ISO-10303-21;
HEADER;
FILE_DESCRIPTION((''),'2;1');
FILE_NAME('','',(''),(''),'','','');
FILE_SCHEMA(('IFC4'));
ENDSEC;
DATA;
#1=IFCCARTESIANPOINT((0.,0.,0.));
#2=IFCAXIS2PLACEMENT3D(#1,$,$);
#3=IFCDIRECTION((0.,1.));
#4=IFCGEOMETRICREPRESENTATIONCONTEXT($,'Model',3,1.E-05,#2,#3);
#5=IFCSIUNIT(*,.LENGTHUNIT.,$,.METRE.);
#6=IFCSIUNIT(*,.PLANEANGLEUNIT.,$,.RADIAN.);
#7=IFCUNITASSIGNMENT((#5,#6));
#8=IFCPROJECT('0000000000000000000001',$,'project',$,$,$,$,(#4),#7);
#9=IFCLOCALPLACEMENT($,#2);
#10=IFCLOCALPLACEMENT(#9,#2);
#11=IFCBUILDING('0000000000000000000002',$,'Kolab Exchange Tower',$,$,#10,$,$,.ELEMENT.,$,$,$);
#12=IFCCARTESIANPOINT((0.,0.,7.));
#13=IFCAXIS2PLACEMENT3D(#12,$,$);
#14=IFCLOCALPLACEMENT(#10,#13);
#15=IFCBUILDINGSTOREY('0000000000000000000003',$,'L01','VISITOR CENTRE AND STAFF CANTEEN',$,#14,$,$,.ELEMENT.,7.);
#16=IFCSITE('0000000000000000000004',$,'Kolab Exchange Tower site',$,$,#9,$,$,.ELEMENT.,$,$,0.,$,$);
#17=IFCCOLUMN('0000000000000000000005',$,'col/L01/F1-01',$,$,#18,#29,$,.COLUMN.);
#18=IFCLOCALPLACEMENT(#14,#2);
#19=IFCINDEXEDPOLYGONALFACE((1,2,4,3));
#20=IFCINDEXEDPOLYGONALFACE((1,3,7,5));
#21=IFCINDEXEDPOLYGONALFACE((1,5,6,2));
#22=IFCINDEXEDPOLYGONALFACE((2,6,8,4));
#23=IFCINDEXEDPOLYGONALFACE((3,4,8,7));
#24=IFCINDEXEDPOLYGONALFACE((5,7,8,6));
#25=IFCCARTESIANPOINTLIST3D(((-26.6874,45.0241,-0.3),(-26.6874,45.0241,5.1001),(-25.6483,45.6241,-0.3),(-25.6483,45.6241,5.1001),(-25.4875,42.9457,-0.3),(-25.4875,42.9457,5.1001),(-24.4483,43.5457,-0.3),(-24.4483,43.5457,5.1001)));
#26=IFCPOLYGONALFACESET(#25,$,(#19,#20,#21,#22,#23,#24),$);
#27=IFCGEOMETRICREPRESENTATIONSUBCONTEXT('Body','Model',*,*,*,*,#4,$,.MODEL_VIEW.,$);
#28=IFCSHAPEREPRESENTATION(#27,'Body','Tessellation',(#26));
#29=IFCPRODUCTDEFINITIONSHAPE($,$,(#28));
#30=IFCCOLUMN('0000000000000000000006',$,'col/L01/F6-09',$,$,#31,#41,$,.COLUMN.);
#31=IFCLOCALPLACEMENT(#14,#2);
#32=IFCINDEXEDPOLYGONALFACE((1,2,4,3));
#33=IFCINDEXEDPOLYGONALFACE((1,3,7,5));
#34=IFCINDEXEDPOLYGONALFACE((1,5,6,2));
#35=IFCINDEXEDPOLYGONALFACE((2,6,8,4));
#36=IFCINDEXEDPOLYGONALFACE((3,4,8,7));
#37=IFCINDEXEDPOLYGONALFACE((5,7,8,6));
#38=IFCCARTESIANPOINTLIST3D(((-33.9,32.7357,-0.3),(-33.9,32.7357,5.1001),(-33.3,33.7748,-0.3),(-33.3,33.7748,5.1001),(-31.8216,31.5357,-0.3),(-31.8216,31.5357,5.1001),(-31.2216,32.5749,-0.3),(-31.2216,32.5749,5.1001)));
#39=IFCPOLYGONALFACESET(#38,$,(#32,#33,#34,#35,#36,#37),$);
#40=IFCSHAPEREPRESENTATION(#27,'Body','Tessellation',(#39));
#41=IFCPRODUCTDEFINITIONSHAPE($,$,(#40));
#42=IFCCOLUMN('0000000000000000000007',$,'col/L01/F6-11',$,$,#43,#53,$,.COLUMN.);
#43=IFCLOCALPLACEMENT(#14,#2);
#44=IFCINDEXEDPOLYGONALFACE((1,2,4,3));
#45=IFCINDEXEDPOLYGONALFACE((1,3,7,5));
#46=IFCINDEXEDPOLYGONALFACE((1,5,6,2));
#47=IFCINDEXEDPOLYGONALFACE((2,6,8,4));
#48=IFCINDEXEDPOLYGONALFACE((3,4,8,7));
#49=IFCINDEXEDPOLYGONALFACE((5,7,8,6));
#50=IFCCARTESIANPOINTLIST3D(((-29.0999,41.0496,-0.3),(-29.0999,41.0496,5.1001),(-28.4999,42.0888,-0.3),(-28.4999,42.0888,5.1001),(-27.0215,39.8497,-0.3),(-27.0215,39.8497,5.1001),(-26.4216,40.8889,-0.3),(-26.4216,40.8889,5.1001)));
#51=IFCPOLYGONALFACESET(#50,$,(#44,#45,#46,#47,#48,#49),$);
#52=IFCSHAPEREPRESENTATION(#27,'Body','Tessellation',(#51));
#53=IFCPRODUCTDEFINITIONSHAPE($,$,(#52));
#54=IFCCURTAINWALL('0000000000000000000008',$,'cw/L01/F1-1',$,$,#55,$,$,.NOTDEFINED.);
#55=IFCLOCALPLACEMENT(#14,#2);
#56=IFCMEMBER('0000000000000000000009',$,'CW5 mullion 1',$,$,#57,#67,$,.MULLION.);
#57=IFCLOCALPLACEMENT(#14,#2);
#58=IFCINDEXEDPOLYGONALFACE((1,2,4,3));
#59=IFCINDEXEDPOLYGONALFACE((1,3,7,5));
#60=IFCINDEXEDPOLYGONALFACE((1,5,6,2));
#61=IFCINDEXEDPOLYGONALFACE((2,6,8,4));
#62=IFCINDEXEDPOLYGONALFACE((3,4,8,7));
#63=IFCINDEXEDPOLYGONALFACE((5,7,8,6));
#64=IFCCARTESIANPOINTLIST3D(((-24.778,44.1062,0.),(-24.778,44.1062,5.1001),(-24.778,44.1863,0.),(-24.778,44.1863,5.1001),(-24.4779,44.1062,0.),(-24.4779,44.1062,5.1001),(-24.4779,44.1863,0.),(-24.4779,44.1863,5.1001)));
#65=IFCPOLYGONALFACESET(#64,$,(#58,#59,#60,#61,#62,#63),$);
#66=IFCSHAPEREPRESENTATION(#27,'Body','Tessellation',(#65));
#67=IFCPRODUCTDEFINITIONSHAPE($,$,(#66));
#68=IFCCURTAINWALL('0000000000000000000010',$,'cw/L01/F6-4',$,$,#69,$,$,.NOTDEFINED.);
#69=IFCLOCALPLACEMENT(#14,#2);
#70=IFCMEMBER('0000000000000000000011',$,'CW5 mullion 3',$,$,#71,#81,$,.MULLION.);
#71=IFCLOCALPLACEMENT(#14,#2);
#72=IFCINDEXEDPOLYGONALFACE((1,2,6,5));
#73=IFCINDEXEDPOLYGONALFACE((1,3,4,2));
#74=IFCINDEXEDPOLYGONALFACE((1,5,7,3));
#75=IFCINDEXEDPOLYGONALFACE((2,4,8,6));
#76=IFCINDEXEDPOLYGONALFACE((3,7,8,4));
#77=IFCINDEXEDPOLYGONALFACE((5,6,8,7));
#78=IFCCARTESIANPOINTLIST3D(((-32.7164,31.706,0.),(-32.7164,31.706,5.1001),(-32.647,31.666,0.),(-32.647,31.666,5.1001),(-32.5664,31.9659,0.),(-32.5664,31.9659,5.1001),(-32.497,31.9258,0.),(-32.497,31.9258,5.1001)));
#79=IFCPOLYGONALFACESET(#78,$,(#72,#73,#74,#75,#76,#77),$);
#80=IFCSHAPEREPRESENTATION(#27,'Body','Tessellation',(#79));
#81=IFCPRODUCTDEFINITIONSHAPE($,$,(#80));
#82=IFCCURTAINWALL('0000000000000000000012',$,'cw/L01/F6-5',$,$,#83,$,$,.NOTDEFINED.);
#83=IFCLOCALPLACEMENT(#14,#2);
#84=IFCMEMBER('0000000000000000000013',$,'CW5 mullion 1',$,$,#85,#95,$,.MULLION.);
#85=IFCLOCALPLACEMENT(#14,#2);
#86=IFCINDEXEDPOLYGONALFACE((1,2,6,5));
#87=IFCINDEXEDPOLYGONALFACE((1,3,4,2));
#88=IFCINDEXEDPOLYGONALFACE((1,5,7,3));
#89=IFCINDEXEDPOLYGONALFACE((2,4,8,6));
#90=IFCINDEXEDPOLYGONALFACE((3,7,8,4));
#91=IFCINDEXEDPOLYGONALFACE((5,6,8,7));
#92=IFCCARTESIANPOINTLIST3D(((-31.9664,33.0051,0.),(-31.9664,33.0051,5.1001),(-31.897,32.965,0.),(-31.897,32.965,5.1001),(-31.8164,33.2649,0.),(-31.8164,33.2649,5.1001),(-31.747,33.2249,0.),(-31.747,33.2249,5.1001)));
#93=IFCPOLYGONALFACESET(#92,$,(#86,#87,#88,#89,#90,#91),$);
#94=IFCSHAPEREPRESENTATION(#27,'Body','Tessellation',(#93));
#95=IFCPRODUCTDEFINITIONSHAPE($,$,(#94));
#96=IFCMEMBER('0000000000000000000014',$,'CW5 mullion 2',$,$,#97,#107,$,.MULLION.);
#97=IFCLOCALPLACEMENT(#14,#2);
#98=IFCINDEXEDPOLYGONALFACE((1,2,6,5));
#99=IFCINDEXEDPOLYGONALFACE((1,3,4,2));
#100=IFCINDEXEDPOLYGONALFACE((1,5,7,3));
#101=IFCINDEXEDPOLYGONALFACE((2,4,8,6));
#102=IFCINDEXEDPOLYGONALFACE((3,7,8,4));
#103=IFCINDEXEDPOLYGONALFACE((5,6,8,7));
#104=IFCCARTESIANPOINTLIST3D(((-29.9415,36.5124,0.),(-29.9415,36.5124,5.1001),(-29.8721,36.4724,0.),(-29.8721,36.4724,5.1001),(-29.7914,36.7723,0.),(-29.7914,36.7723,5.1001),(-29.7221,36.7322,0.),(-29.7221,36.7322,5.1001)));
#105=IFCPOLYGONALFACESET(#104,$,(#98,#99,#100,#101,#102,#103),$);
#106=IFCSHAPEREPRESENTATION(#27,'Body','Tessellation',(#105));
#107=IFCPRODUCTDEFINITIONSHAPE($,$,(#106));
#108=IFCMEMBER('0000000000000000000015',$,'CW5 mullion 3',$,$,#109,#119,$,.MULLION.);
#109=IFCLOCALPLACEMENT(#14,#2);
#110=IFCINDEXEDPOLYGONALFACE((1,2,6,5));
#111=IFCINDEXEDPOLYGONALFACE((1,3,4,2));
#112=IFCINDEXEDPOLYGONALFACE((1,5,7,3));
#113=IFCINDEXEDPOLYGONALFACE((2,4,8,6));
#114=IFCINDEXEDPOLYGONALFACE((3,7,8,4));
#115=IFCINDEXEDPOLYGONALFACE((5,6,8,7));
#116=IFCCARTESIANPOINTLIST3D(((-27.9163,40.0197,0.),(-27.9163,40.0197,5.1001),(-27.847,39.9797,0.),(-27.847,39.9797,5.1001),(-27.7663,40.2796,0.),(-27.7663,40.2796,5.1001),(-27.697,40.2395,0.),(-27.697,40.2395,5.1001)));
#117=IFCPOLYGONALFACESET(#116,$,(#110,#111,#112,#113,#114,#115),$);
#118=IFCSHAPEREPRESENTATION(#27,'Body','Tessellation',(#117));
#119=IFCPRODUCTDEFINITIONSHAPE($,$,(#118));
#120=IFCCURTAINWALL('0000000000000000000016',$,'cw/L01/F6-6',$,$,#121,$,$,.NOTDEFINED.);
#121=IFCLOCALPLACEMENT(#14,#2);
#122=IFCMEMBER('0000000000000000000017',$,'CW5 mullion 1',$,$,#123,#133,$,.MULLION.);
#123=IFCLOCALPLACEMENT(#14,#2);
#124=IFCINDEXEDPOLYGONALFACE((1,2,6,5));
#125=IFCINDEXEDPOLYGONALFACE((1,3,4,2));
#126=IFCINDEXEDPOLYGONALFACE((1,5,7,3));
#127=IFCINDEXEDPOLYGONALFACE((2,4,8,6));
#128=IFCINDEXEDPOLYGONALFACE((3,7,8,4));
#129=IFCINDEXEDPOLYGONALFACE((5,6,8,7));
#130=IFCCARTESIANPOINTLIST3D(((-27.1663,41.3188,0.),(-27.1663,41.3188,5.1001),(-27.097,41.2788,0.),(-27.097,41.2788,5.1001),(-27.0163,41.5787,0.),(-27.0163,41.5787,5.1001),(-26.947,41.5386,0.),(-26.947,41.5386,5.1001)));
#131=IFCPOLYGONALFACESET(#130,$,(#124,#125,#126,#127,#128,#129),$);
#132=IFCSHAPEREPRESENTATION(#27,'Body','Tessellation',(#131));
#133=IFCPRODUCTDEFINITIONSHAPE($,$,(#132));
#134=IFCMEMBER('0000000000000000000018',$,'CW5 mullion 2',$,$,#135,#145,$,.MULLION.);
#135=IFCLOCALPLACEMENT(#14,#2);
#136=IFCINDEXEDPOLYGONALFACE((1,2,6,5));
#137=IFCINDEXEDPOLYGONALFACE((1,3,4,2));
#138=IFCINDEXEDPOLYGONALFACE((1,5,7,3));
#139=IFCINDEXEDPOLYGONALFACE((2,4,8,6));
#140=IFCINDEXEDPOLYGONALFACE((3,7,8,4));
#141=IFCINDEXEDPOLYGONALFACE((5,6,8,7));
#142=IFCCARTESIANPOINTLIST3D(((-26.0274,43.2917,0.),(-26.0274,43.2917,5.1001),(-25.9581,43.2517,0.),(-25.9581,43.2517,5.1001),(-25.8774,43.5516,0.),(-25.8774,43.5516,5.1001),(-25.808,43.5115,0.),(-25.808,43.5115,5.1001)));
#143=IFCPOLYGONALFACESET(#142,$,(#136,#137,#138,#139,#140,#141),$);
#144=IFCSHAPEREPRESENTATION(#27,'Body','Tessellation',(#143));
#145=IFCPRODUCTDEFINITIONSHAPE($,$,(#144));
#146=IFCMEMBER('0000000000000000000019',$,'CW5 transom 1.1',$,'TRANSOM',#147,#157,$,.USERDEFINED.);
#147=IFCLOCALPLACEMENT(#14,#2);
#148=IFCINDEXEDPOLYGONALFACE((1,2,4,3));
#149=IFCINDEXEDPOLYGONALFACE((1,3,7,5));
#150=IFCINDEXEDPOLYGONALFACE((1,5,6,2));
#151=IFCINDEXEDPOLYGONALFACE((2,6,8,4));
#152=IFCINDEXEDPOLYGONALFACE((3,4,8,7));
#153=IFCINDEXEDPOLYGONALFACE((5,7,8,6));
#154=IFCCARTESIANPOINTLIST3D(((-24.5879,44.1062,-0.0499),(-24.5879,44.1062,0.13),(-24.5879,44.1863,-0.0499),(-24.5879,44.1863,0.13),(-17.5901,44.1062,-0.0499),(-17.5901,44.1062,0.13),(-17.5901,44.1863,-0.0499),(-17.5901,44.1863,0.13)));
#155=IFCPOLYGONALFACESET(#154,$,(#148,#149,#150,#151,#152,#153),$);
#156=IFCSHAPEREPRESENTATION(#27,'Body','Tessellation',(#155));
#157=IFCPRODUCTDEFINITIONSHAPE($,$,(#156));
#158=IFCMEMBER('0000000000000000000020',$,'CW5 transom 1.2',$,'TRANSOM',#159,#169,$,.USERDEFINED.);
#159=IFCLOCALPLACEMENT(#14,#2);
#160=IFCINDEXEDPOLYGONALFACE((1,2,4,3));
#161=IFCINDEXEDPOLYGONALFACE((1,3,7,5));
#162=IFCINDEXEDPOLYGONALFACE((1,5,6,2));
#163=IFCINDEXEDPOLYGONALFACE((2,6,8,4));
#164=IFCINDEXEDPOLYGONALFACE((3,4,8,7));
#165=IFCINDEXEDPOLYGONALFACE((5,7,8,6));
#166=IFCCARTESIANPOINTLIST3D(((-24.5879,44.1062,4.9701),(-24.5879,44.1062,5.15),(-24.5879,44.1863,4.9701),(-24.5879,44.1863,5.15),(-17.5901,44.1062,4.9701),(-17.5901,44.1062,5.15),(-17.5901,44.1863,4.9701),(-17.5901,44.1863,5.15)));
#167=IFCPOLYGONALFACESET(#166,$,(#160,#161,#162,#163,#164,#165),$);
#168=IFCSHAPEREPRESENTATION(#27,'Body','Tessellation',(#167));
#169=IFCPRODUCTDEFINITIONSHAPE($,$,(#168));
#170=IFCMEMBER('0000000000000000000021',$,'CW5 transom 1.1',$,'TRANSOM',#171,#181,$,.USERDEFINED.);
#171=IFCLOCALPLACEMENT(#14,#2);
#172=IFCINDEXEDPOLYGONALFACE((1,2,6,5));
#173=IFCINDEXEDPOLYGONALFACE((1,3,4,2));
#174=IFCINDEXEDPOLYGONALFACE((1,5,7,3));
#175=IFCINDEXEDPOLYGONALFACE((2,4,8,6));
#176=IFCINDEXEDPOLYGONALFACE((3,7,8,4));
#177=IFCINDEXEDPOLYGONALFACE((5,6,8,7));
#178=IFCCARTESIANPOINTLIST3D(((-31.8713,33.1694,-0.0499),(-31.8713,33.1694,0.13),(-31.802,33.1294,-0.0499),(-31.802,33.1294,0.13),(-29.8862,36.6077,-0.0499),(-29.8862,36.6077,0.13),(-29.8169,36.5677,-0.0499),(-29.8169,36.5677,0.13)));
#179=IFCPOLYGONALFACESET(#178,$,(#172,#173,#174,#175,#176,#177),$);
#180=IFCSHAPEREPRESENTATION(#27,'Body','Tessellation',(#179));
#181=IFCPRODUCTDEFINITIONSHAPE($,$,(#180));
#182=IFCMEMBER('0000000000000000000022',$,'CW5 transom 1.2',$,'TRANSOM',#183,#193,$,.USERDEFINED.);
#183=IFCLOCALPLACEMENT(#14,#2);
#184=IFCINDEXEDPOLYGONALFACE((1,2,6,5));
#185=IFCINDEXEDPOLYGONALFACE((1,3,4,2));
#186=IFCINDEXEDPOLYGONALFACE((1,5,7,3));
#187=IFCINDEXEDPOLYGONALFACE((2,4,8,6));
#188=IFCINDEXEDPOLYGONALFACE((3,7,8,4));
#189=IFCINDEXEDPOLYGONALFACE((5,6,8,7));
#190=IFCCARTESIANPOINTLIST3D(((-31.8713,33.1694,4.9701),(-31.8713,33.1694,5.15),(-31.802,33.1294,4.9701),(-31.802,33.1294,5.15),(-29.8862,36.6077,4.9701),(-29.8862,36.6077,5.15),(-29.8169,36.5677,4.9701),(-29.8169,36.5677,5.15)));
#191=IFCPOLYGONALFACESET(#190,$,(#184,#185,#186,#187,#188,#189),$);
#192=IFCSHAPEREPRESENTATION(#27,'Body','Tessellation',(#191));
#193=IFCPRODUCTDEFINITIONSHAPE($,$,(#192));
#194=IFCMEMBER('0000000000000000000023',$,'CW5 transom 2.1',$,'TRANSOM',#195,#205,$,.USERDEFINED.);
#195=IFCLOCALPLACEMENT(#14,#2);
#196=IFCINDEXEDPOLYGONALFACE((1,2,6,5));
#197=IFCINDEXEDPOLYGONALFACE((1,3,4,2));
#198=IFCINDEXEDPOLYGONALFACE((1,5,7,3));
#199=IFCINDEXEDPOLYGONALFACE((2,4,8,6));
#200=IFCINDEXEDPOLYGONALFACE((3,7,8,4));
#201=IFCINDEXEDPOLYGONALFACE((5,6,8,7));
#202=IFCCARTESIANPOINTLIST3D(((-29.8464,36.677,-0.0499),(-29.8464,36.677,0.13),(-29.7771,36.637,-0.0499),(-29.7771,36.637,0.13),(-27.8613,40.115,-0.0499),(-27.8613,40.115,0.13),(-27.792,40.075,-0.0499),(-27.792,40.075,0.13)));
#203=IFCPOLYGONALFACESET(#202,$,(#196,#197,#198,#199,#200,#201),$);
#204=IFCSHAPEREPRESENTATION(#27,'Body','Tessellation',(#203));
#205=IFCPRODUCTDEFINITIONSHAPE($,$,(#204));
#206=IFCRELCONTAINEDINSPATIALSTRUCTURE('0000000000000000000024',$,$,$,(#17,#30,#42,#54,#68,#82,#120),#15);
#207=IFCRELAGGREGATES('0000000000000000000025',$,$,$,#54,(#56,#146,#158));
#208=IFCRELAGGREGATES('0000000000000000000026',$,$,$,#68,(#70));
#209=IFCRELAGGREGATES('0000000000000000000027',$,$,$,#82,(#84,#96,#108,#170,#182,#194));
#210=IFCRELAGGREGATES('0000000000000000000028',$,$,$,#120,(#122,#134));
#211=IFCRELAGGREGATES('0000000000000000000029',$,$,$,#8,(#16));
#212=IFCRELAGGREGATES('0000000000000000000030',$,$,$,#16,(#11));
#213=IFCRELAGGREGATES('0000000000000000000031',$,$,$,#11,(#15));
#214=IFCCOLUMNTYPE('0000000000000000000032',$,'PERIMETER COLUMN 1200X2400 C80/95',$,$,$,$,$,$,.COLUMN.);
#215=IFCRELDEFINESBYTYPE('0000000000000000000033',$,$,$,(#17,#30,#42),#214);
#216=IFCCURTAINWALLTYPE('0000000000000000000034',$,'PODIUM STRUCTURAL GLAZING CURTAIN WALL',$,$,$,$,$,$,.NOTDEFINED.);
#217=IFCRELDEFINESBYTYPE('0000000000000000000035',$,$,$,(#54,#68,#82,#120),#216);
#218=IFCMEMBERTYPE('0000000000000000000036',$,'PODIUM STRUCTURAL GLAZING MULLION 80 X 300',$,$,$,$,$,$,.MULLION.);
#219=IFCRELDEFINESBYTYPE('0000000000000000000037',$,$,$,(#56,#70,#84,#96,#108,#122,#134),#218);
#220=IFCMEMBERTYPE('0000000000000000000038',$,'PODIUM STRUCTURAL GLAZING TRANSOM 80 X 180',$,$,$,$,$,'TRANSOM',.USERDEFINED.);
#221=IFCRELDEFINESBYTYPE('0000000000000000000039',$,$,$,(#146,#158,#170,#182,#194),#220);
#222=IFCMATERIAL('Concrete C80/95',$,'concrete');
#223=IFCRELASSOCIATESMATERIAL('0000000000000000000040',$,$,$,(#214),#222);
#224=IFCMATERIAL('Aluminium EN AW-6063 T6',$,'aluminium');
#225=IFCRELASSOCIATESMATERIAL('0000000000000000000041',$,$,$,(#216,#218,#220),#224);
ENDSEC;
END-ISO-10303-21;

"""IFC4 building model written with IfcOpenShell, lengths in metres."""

from ifc_helpers import new_model, si_unit, direction, frame, origin, origin_2d, place, context, subcontext, project, spatial, rectangle, extrude, material, material_profile, profile_set, type_object, element, aggregate, save


model = new_model("IFC4")

# Units and contexts
model_context = context("Model", 3, precision=1e-05, world=origin(), true_north=direction((0.0, 1.0)))
body_context = subcontext(model_context, "Body", "Model", "MODEL_VIEW")
ifc_project = project(units=[si_unit("LENGTHUNIT", "METRE"), si_unit("PLANEANGLEUNIT", "RADIAN")], contexts=[model_context])

# Site, building, storey
site_placement = place(None, origin())
site = spatial("IfcSite", under=ifc_project, at=site_placement, Name="Kolab Exchange Tower site", CompositionType="ELEMENT", RefElevation=0.0)
building_placement = place(site_placement, origin())
building = spatial("IfcBuilding", under=site, at=building_placement, Name="Kolab Exchange Tower", CompositionType="ELEMENT")
storey_placement = place(building_placement, frame((0.0, 0.0, 7.0)))
storey = spatial("IfcBuildingStorey", under=building, at=storey_placement, Name="L01", Description="VISITOR CENTRE AND STAFF CANTEEN", CompositionType="ELEMENT", Elevation=7.0)

# Columns
ifc_material_1 = material(Name="Concrete C80/95", Category="concrete")
ifc_material_profile_1 = material_profile(ifc_material_1, rectangle(XDim=1.2, YDim=2.3999, at=origin_2d()), Name="RC1200X2400")
ifc_profile_set_1 = profile_set([ifc_material_profile_1], Name="Concrete C80/95")
column_type = type_object("IfcColumnType", Name="PERIMETER COLUMN 1200X2400 C80/95", PredefinedType="COLUMN", material=ifc_profile_set_1)
for number, where, z_axis, x_axis, name in (
    (1, (-25.5679, 44.2849, -0.3), (0.0, 0.0, 1.0), (0.866025, 0.5, 0.0), "col/L01/F1-01"),
    (2, (-32.5608, 32.6553, -0.3), (0.0, 0.0, 1.0), (0.5, 0.866025, 0.0), "col/L01/F6-09"),
    (3, (-27.7607, 40.9692, -0.3), (0.0, 0.0, 1.0), (0.5, 0.866025, 0.0), "col/L01/F6-11"),
):
    element("IfcColumn", number, at=place(storey_placement, frame(where, z_axis=z_axis, x_axis=x_axis)), inside=storey, type_object=column_type, Name=name, PredefinedType="COLUMN", context=body_context, shape_type="SweptSolid", body=[
        extrude(rectangle(XDim=1.2, YDim=2.3999, at=origin_2d()), origin(), (0.0, 0.0, 1.0), 5.4001),
    ])

# Curtain walls, members
ifc_material_2 = material(Name="Aluminium EN AW-6063 T6", Category="aluminium")
curtain_wall_type = type_object("IfcCurtainWallType", Name="PODIUM STRUCTURAL GLAZING CURTAIN WALL", PredefinedType="NOTDEFINED", material=ifc_material_2)
curtain_wall_1_placement = place(storey_placement, origin())
curtain_wall_1 = element("IfcCurtainWall", 4, at=curtain_wall_1_placement, inside=storey, type_object=curtain_wall_type, Name="cw/L01/F1-1", PredefinedType="NOTDEFINED")
ifc_material_profile_2 = material_profile(ifc_material_2, rectangle(XDim=0.0801, YDim=0.3, at=origin_2d()), Name="RECT 80X300")
ifc_profile_set_2 = profile_set([ifc_material_profile_2], Name="Aluminium EN AW-6063 T6")
member_type_1 = type_object("IfcMemberType", Name="PODIUM STRUCTURAL GLAZING MULLION 80 X 300", PredefinedType="MULLION", material=ifc_profile_set_2)
member_1_placement = place(storey_placement, frame((-24.6279, 44.1462, 0.0), z_axis=(0.0, 0.0, 1.0), x_axis=(0.0, 1.0, 0.0)))
member_1 = element("IfcMember", 5, at=member_1_placement, type_object=member_type_1, Name="CW5 mullion 1", PredefinedType="MULLION", context=body_context, shape_type="SweptSolid", body=[
    extrude(rectangle(XDim=0.0801, YDim=0.3, at=origin_2d()), origin(), (0.0, 0.0, 1.0), 5.1001),
])
curtain_wall_2_placement = place(storey_placement, origin())
curtain_wall_2 = element("IfcCurtainWall", 6, at=curtain_wall_2_placement, inside=storey, type_object=curtain_wall_type, Name="cw/L01/F6-4", PredefinedType="NOTDEFINED")
member_2_placement = place(storey_placement, frame((-32.6067, 31.8159, 0.0), z_axis=(0.0, 0.0, 1.0), x_axis=(-0.866025, 0.5, 0.0)))
member_2 = element("IfcMember", 7, at=member_2_placement, type_object=member_type_1, Name="CW5 mullion 3", PredefinedType="MULLION", context=body_context, shape_type="SweptSolid", body=[
    extrude(rectangle(XDim=0.0801, YDim=0.3, at=origin_2d()), origin(), (0.0, 0.0, 1.0), 5.1001),
])

# Curtain walls, members
curtain_wall_3_placement = place(storey_placement, origin())
curtain_wall_3 = element("IfcCurtainWall", 8, at=curtain_wall_3_placement, inside=storey, type_object=curtain_wall_type, Name="cw/L01/F6-5", PredefinedType="NOTDEFINED")
member_3_placement = place(storey_placement, frame((-31.8567, 33.115, 0.0), z_axis=(0.0, 0.0, 1.0), x_axis=(-0.866025, 0.5, 0.0)))
member_3 = element("IfcMember", 9, at=member_3_placement, type_object=member_type_1, Name="CW5 mullion 1", PredefinedType="MULLION", context=body_context, shape_type="SweptSolid", body=[
    extrude(rectangle(XDim=0.0801, YDim=0.3, at=origin_2d()), origin(), (0.0, 0.0, 1.0), 5.1001),
])
member_4_placement = place(storey_placement, frame((-29.8318, 36.6223, 0.0), z_axis=(0.0, 0.0, 1.0), x_axis=(-0.866025, 0.5, 0.0)))
member_4 = element("IfcMember", 10, at=member_4_placement, type_object=member_type_1, Name="CW5 mullion 2", PredefinedType="MULLION", context=body_context, shape_type="SweptSolid", body=[
    extrude(rectangle(XDim=0.0801, YDim=0.3, at=origin_2d()), origin(), (0.0, 0.0, 1.0), 5.1001),
])
member_5_placement = place(storey_placement, frame((-27.8066, 40.1296, 0.0), z_axis=(0.0, 0.0, 1.0), x_axis=(-0.866025, 0.5, 0.0)))
member_5 = element("IfcMember", 11, at=member_5_placement, type_object=member_type_1, Name="CW5 mullion 3", PredefinedType="MULLION", context=body_context, shape_type="SweptSolid", body=[
    extrude(rectangle(XDim=0.0801, YDim=0.3, at=origin_2d()), origin(), (0.0, 0.0, 1.0), 5.1001),
])
curtain_wall_4_placement = place(storey_placement, origin())
curtain_wall_4 = element("IfcCurtainWall", 12, at=curtain_wall_4_placement, inside=storey, type_object=curtain_wall_type, Name="cw/L01/F6-6", PredefinedType="NOTDEFINED")
member_6_placement = place(storey_placement, frame((-27.0566, 41.4287, 0.0), z_axis=(0.0, 0.0, 1.0), x_axis=(-0.866025, 0.5, 0.0)))
member_6 = element("IfcMember", 13, at=member_6_placement, type_object=member_type_1, Name="CW5 mullion 1", PredefinedType="MULLION", context=body_context, shape_type="SweptSolid", body=[
    extrude(rectangle(XDim=0.0801, YDim=0.3, at=origin_2d()), origin(), (0.0, 0.0, 1.0), 5.1001),
])
member_7_placement = place(storey_placement, frame((-25.9177, 43.4016, 0.0), z_axis=(0.0, 0.0, 1.0), x_axis=(-0.866025, 0.5, 0.0)))
member_7 = element("IfcMember", 14, at=member_7_placement, type_object=member_type_1, Name="CW5 mullion 2", PredefinedType="MULLION", context=body_context, shape_type="SweptSolid", body=[
    extrude(rectangle(XDim=0.0801, YDim=0.3, at=origin_2d()), origin(), (0.0, 0.0, 1.0), 5.1001),
])

# Members
ifc_material_profile_3 = material_profile(ifc_material_2, rectangle(XDim=0.0801, YDim=0.1799, at=origin_2d()), Name="RECT 80X180")
ifc_profile_set_3 = profile_set([ifc_material_profile_3], Name="Aluminium EN AW-6063 T6")
member_type_2 = type_object("IfcMemberType", Name="PODIUM STRUCTURAL GLAZING TRANSOM 80 X 180", ElementType="TRANSOM", PredefinedType="USERDEFINED", material=ifc_profile_set_3)
member_8_placement = place(storey_placement, frame((-24.5879, 44.1462, 0.04), z_axis=(1.0, 0.0, 0.0), x_axis=(0.0, 1.0, 0.0)))
member_8 = element("IfcMember", 15, at=member_8_placement, type_object=member_type_2, Name="CW5 transom 1.1", ObjectType="TRANSOM", PredefinedType="USERDEFINED", context=body_context, shape_type="SweptSolid", body=[
    extrude(rectangle(XDim=0.0801, YDim=0.1799, at=origin_2d()), origin(), (0.0, 0.0, 1.0), 6.9978),
])
member_9_placement = place(storey_placement, frame((-24.5879, 44.1462, 5.0601), z_axis=(1.0, 0.0, 0.0), x_axis=(0.0, 1.0, 0.0)))
member_9 = element("IfcMember", 16, at=member_9_placement, type_object=member_type_2, Name="CW5 transom 1.2", ObjectType="TRANSOM", PredefinedType="USERDEFINED", context=body_context, shape_type="SweptSolid", body=[
    extrude(rectangle(XDim=0.0801, YDim=0.1799, at=origin_2d()), origin(), (0.0, 0.0, 1.0), 6.9978),
])
member_10_placement = place(storey_placement, frame((-31.8367, 33.1494, 0.04), z_axis=(0.500008, 0.866021, 0.0), x_axis=(-0.866021, 0.500008, 0.0)))
member_10 = element("IfcMember", 17, at=member_10_placement, type_object=member_type_2, Name="CW5 transom 1.1", ObjectType="TRANSOM", PredefinedType="USERDEFINED", context=body_context, shape_type="SweptSolid", body=[
    extrude(rectangle(XDim=0.0801, YDim=0.1799, at=origin_2d()), origin(), (0.0, 0.0, 1.0), 3.9702),
])
member_11_placement = place(storey_placement, frame((-31.8367, 33.1494, 5.0601), z_axis=(0.500008, 0.866021, 0.0), x_axis=(-0.866021, 0.500008, 0.0)))
member_11 = element("IfcMember", 18, at=member_11_placement, type_object=member_type_2, Name="CW5 transom 1.2", ObjectType="TRANSOM", PredefinedType="USERDEFINED", context=body_context, shape_type="SweptSolid", body=[
    extrude(rectangle(XDim=0.0801, YDim=0.1799, at=origin_2d()), origin(), (0.0, 0.0, 1.0), 3.9702),
])
member_12_placement = place(storey_placement, frame((-29.8118, 36.657, 0.04), z_axis=(0.500035, 0.866005, 0.0), x_axis=(-0.866005, 0.500035, 0.0)))
member_12 = element("IfcMember", 19, at=member_12_placement, type_object=member_type_2, Name="CW5 transom 2.1", ObjectType="TRANSOM", PredefinedType="USERDEFINED", context=body_context, shape_type="SweptSolid", body=[
    extrude(rectangle(XDim=0.0801, YDim=0.1799, at=origin_2d()), origin(), (0.0, 0.0, 1.0), 3.97),
])

aggregate(curtain_wall_1, [member_1, member_8, member_9])
aggregate(curtain_wall_2, [member_2])
aggregate(curtain_wall_3, [member_3, member_4, member_5, member_10, member_11, member_12])
aggregate(curtain_wall_4, [member_6, member_7])

save(model, "model.ifc")
